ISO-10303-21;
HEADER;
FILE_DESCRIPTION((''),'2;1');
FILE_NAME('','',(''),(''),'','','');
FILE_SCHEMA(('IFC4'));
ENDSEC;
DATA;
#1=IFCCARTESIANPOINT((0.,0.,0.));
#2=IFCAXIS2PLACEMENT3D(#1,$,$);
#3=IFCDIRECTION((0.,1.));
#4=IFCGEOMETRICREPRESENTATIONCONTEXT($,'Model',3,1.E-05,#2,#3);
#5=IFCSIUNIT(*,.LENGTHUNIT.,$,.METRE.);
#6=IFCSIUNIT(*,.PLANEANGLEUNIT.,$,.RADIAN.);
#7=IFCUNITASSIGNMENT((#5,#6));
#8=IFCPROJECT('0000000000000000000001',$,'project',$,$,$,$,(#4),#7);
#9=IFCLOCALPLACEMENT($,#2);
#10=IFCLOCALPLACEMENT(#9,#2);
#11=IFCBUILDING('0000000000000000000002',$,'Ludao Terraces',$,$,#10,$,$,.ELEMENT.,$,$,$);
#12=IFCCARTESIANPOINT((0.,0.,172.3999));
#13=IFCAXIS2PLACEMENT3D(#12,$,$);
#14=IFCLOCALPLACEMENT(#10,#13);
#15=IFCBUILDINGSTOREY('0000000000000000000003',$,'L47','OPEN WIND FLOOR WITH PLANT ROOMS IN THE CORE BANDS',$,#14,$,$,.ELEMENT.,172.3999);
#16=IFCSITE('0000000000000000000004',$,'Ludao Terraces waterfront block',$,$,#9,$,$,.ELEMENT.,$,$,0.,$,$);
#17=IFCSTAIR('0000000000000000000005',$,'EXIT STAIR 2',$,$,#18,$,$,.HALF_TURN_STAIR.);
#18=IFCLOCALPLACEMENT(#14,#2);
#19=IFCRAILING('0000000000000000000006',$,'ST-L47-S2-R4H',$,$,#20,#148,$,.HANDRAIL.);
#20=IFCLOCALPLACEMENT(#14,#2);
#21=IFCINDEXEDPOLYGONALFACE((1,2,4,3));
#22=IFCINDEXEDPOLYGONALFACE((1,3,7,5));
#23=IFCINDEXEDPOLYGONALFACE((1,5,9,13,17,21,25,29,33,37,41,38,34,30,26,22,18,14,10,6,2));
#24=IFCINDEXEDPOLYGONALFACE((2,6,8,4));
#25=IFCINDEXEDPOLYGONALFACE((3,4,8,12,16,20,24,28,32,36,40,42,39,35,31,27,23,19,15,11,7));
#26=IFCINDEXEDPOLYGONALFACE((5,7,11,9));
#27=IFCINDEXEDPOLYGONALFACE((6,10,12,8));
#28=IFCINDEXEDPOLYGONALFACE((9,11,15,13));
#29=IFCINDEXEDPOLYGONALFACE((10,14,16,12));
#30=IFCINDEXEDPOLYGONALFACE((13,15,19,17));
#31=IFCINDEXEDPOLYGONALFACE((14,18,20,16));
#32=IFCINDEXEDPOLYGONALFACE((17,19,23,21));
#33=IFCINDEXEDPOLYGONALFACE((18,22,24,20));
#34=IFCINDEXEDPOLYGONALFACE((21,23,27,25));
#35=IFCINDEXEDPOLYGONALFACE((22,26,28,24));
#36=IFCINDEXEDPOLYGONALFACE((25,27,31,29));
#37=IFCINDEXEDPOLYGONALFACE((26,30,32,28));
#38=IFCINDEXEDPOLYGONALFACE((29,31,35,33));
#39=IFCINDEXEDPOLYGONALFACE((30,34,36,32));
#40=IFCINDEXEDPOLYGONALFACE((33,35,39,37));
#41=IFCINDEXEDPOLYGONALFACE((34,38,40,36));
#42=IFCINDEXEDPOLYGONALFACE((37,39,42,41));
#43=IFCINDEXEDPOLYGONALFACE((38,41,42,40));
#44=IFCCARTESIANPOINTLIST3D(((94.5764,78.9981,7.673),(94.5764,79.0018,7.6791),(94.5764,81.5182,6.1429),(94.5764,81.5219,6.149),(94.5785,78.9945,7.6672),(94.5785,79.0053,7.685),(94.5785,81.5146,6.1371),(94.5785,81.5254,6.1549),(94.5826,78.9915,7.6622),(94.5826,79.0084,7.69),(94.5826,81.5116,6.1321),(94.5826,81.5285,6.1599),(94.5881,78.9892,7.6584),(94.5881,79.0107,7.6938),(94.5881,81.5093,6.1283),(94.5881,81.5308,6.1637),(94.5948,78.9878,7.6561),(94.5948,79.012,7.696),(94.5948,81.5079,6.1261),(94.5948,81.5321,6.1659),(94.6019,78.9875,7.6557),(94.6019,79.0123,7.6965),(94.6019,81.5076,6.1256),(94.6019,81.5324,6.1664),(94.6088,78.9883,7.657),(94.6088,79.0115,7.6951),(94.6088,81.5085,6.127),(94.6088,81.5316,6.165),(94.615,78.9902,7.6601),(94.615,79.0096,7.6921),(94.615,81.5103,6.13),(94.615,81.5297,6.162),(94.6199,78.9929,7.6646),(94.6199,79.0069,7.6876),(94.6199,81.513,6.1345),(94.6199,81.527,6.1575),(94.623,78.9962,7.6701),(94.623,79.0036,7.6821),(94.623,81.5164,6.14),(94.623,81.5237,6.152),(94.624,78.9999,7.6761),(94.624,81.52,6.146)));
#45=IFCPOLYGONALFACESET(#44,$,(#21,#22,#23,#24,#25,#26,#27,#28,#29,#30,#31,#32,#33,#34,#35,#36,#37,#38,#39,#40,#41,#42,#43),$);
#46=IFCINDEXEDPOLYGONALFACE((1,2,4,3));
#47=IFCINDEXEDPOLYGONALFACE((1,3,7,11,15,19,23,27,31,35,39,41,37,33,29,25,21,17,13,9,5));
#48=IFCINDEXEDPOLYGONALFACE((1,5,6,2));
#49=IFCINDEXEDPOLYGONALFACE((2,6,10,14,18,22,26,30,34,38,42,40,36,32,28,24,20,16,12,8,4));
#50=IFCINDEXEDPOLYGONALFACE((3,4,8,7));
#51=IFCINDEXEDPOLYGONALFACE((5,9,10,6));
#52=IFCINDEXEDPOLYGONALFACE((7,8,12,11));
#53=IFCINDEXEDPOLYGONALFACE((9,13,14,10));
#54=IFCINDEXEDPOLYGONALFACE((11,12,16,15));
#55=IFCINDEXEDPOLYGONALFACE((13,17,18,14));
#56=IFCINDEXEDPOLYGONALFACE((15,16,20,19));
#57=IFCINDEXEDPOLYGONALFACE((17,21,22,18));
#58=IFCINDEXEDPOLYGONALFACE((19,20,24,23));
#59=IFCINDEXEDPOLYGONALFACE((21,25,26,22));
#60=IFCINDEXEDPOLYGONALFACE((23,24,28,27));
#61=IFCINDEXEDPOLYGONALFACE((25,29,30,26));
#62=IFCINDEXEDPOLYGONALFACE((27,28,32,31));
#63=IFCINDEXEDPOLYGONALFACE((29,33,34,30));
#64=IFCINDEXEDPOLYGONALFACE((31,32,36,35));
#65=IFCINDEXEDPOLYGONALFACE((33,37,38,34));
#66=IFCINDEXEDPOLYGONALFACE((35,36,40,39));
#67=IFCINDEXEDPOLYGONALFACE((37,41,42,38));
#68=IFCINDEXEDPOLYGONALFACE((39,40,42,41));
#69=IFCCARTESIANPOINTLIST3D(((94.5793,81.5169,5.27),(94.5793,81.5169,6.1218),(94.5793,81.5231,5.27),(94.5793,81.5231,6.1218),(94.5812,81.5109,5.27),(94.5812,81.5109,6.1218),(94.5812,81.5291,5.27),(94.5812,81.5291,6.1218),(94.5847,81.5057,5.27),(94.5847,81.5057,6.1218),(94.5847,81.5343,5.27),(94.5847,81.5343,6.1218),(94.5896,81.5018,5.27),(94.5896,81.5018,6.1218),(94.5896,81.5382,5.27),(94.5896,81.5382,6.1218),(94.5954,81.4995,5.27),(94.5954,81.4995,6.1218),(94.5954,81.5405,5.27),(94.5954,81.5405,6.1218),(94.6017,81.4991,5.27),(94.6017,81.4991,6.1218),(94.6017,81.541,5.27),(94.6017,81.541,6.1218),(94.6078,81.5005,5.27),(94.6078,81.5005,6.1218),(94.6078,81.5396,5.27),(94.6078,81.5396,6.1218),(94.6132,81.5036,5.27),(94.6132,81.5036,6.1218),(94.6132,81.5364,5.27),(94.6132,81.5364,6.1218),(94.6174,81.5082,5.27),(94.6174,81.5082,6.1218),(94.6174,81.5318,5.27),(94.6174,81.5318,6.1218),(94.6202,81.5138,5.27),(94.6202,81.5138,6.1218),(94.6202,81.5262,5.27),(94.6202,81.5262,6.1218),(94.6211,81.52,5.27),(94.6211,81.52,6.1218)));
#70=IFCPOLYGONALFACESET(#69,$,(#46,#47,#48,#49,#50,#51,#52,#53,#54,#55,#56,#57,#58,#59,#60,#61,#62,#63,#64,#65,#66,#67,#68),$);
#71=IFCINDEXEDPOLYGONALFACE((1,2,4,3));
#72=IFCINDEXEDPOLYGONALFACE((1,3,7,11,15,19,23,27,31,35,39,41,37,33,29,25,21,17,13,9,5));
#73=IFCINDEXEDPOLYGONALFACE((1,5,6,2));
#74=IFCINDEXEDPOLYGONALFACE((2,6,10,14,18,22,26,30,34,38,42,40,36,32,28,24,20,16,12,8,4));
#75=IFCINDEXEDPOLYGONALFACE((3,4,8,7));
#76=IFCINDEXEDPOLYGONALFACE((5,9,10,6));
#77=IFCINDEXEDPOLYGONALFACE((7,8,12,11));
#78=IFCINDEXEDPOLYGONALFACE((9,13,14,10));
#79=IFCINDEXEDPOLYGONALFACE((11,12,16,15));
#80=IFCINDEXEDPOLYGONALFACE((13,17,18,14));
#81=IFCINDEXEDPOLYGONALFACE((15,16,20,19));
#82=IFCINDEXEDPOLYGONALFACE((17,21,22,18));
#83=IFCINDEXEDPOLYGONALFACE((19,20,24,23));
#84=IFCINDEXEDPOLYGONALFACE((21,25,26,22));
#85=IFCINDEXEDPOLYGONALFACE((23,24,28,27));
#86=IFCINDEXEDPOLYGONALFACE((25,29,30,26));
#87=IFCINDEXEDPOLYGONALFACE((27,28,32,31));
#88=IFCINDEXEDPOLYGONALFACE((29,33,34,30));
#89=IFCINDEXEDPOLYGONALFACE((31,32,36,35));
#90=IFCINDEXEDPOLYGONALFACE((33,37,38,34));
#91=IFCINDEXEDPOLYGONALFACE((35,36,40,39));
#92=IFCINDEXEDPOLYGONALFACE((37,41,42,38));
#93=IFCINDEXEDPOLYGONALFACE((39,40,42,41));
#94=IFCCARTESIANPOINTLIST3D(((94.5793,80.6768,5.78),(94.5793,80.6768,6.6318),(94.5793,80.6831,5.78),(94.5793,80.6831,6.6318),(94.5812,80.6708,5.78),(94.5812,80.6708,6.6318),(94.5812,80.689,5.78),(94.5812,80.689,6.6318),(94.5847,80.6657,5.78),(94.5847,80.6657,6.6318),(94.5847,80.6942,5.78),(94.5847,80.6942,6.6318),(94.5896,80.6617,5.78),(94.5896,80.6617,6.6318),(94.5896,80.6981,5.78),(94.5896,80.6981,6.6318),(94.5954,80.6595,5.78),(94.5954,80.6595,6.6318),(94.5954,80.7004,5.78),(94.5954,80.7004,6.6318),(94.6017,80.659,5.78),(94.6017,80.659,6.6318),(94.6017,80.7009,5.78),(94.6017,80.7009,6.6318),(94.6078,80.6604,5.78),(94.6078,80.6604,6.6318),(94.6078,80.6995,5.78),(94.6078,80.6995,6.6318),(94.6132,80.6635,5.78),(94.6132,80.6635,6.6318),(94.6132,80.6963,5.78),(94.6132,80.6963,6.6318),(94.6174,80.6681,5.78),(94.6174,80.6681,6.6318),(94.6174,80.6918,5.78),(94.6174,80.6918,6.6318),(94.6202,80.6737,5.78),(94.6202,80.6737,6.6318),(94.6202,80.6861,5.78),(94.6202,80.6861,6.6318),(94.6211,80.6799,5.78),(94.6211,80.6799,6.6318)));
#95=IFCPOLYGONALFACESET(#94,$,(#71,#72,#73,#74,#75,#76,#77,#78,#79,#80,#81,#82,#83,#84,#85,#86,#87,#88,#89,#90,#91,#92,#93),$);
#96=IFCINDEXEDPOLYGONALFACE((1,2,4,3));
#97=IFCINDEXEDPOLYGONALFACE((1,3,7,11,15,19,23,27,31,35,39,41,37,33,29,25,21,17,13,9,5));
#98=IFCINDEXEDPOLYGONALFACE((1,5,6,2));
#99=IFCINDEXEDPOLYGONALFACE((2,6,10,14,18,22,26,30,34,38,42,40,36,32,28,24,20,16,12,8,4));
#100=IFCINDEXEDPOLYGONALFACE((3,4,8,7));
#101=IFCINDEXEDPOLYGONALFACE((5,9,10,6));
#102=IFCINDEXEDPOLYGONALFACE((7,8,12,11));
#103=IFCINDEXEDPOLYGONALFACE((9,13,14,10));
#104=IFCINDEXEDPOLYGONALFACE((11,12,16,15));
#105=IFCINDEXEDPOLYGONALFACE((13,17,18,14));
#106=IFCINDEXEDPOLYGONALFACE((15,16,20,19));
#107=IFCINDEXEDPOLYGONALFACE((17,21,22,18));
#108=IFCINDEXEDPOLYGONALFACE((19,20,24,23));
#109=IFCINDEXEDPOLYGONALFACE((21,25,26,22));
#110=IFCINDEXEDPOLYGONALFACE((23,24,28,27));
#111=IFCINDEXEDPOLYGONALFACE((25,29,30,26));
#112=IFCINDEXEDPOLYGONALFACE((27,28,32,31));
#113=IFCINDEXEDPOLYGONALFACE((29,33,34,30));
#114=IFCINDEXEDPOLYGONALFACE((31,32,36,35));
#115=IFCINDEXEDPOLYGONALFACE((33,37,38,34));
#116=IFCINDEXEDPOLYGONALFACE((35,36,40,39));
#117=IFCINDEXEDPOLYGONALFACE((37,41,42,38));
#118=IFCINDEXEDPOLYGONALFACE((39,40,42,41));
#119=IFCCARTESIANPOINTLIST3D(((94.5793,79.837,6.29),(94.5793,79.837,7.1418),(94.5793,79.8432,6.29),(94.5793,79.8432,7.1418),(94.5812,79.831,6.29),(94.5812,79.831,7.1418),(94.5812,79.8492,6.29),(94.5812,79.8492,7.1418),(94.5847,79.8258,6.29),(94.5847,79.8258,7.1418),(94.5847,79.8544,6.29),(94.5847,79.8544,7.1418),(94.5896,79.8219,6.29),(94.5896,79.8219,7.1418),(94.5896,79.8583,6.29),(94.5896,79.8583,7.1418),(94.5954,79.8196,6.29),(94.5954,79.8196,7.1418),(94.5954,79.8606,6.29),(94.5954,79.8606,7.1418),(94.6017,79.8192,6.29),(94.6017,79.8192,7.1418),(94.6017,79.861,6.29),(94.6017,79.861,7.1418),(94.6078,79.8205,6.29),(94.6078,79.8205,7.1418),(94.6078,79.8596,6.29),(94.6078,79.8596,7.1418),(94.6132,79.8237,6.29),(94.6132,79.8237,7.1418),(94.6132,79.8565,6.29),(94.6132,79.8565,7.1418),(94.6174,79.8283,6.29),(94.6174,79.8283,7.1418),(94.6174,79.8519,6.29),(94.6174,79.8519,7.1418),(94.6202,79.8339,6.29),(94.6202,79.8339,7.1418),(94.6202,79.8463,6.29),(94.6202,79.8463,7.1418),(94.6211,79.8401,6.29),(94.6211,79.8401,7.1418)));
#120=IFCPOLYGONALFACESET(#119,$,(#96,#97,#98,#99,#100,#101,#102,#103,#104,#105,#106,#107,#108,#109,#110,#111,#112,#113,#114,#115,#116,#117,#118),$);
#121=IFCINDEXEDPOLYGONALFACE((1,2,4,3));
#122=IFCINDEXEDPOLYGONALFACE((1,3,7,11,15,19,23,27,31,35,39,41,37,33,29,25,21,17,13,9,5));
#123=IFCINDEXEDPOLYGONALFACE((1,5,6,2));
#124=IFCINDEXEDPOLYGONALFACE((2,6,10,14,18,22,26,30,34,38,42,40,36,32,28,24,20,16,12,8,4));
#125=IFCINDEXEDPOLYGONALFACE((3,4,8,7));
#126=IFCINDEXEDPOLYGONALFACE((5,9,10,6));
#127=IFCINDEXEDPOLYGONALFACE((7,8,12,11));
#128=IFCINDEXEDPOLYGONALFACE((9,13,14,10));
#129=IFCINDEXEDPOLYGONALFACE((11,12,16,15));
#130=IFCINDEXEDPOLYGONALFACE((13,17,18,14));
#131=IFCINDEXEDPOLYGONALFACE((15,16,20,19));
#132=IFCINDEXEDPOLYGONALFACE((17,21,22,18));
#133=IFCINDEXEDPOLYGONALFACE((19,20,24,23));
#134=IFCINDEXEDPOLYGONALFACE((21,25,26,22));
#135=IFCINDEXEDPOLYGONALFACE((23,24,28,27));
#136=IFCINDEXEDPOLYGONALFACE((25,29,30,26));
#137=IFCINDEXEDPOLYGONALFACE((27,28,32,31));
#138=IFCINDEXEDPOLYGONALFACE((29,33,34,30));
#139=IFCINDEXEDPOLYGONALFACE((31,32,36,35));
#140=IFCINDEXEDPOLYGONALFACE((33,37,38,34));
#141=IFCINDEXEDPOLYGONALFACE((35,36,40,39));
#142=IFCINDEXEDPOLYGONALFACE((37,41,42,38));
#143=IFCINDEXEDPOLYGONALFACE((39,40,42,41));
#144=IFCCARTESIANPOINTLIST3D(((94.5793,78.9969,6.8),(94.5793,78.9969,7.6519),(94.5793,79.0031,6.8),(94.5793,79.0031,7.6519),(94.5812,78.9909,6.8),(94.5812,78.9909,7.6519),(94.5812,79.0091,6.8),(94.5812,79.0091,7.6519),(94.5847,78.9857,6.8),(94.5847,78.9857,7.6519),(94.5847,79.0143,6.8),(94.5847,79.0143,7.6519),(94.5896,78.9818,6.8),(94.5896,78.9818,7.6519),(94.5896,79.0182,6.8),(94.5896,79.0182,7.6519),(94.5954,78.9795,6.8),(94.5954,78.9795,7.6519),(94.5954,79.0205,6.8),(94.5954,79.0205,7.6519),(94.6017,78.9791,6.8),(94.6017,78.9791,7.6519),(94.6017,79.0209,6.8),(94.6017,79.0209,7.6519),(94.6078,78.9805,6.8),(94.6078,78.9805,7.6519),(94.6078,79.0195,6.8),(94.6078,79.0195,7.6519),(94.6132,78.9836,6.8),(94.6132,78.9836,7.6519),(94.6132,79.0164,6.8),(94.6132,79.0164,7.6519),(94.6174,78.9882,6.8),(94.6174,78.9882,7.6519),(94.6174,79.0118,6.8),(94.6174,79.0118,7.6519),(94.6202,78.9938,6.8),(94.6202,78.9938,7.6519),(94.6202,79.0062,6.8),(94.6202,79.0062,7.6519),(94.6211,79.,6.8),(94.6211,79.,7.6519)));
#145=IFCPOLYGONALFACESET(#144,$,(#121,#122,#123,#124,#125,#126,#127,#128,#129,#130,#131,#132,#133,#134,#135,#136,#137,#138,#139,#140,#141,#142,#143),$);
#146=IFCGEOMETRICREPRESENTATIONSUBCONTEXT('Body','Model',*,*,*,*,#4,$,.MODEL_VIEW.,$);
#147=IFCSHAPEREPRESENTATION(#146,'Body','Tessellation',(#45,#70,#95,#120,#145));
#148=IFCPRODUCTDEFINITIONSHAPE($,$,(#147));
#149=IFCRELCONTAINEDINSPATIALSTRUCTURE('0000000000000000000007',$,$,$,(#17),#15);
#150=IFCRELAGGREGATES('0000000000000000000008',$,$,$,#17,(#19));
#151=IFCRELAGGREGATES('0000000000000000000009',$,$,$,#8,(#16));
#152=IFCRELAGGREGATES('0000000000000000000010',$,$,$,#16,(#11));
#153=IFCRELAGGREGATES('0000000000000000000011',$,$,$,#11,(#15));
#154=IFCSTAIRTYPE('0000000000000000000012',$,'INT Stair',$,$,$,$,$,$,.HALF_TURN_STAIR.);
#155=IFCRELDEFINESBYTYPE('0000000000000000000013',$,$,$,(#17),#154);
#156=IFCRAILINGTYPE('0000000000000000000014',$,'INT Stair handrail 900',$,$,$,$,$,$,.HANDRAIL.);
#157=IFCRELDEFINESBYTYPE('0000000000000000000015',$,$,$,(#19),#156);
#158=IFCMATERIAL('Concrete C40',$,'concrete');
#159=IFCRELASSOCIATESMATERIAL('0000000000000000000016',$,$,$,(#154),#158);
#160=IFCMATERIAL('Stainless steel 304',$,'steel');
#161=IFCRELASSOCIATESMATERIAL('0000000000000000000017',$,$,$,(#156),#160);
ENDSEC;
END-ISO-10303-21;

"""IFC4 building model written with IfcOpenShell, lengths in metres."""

from ifc_helpers import new_model, si_unit, direction, frame, origin, origin_2d, place, context, subcontext, project, spatial, circle, extrude, material, type_object, element, aggregate, save


model = new_model("IFC4")

# Units and contexts
model_context = context("Model", 3, precision=1e-05, world=origin(), true_north=direction((0.0, 1.0)))
body_context = subcontext(model_context, "Body", "Model", "MODEL_VIEW")
ifc_project = project(units=[si_unit("LENGTHUNIT", "METRE"), si_unit("PLANEANGLEUNIT", "RADIAN")], contexts=[model_context])

# Site, building, storey
site_placement = place(None, origin())
site = spatial("IfcSite", under=ifc_project, at=site_placement, Name="Ludao Terraces waterfront block", CompositionType="ELEMENT", RefElevation=0.0)
building_placement = place(site_placement, origin())
building = spatial("IfcBuilding", under=site, at=building_placement, Name="Ludao Terraces", CompositionType="ELEMENT")
storey_placement = place(building_placement, frame((0.0, 0.0, 172.3999)))
storey = spatial("IfcBuildingStorey", under=building, at=storey_placement, Name="L47", Description="OPEN WIND FLOOR WITH PLANT ROOMS IN THE CORE BANDS", CompositionType="ELEMENT", Elevation=172.3999)

# Stair, railing
ifc_material_1 = material(Name="Concrete C40", Category="concrete")
stair_type = type_object("IfcStairType", Name="INT Stair", PredefinedType="HALF_TURN_STAIR", material=ifc_material_1)
stair_placement = place(storey_placement, origin())
stair = element("IfcStair", 1, at=stair_placement, inside=storey, type_object=stair_type, Name="EXIT STAIR 2", PredefinedType="HALF_TURN_STAIR")
ifc_material_2 = material(Name="Stainless steel 304", Category="steel")
railing_type_1 = type_object("IfcRailingType", Name="INT Stair handrail 900", PredefinedType="HANDRAIL", material=ifc_material_2)
railing_1_placement = place(storey_placement, frame((94.6001, 81.52, 5.27)))
railing_1 = element("IfcRailing", 2, at=railing_1_placement, type_object=railing_type_1, Name="ST-L47-S2-R4H", PredefinedType="HANDRAIL", context=body_context, shape_type="SweptSolid", body=[
    extrude(circle(Radius=0.0239, at=origin_2d()), frame((0.0, 0.0, 0.876), z_axis=(0.0, -0.854785, 0.518982), x_axis=(1.0, 0.0, 0.0)), (0.0, 0.0, 1.0), 2.9482),
    extrude(circle(Radius=0.021, at=origin_2d()), origin(), (0.0, 0.0, 1.0), 0.8518),
    extrude(circle(Radius=0.021, at=origin_2d()), frame((0.0, -0.8401, 0.51)), (0.0, 0.0, 1.0), 0.8518),
    extrude(circle(Radius=0.021, at=origin_2d()), frame((0.0, -1.6799, 1.02)), (0.0, 0.0, 1.0), 0.8518),
    extrude(circle(Radius=0.021, at=origin_2d()), frame((0.0, -2.52, 1.53)), (0.0, 0.0, 1.0), 0.8518),
])
aggregate(stair, [railing_1])

save(model, "model.ifc")
